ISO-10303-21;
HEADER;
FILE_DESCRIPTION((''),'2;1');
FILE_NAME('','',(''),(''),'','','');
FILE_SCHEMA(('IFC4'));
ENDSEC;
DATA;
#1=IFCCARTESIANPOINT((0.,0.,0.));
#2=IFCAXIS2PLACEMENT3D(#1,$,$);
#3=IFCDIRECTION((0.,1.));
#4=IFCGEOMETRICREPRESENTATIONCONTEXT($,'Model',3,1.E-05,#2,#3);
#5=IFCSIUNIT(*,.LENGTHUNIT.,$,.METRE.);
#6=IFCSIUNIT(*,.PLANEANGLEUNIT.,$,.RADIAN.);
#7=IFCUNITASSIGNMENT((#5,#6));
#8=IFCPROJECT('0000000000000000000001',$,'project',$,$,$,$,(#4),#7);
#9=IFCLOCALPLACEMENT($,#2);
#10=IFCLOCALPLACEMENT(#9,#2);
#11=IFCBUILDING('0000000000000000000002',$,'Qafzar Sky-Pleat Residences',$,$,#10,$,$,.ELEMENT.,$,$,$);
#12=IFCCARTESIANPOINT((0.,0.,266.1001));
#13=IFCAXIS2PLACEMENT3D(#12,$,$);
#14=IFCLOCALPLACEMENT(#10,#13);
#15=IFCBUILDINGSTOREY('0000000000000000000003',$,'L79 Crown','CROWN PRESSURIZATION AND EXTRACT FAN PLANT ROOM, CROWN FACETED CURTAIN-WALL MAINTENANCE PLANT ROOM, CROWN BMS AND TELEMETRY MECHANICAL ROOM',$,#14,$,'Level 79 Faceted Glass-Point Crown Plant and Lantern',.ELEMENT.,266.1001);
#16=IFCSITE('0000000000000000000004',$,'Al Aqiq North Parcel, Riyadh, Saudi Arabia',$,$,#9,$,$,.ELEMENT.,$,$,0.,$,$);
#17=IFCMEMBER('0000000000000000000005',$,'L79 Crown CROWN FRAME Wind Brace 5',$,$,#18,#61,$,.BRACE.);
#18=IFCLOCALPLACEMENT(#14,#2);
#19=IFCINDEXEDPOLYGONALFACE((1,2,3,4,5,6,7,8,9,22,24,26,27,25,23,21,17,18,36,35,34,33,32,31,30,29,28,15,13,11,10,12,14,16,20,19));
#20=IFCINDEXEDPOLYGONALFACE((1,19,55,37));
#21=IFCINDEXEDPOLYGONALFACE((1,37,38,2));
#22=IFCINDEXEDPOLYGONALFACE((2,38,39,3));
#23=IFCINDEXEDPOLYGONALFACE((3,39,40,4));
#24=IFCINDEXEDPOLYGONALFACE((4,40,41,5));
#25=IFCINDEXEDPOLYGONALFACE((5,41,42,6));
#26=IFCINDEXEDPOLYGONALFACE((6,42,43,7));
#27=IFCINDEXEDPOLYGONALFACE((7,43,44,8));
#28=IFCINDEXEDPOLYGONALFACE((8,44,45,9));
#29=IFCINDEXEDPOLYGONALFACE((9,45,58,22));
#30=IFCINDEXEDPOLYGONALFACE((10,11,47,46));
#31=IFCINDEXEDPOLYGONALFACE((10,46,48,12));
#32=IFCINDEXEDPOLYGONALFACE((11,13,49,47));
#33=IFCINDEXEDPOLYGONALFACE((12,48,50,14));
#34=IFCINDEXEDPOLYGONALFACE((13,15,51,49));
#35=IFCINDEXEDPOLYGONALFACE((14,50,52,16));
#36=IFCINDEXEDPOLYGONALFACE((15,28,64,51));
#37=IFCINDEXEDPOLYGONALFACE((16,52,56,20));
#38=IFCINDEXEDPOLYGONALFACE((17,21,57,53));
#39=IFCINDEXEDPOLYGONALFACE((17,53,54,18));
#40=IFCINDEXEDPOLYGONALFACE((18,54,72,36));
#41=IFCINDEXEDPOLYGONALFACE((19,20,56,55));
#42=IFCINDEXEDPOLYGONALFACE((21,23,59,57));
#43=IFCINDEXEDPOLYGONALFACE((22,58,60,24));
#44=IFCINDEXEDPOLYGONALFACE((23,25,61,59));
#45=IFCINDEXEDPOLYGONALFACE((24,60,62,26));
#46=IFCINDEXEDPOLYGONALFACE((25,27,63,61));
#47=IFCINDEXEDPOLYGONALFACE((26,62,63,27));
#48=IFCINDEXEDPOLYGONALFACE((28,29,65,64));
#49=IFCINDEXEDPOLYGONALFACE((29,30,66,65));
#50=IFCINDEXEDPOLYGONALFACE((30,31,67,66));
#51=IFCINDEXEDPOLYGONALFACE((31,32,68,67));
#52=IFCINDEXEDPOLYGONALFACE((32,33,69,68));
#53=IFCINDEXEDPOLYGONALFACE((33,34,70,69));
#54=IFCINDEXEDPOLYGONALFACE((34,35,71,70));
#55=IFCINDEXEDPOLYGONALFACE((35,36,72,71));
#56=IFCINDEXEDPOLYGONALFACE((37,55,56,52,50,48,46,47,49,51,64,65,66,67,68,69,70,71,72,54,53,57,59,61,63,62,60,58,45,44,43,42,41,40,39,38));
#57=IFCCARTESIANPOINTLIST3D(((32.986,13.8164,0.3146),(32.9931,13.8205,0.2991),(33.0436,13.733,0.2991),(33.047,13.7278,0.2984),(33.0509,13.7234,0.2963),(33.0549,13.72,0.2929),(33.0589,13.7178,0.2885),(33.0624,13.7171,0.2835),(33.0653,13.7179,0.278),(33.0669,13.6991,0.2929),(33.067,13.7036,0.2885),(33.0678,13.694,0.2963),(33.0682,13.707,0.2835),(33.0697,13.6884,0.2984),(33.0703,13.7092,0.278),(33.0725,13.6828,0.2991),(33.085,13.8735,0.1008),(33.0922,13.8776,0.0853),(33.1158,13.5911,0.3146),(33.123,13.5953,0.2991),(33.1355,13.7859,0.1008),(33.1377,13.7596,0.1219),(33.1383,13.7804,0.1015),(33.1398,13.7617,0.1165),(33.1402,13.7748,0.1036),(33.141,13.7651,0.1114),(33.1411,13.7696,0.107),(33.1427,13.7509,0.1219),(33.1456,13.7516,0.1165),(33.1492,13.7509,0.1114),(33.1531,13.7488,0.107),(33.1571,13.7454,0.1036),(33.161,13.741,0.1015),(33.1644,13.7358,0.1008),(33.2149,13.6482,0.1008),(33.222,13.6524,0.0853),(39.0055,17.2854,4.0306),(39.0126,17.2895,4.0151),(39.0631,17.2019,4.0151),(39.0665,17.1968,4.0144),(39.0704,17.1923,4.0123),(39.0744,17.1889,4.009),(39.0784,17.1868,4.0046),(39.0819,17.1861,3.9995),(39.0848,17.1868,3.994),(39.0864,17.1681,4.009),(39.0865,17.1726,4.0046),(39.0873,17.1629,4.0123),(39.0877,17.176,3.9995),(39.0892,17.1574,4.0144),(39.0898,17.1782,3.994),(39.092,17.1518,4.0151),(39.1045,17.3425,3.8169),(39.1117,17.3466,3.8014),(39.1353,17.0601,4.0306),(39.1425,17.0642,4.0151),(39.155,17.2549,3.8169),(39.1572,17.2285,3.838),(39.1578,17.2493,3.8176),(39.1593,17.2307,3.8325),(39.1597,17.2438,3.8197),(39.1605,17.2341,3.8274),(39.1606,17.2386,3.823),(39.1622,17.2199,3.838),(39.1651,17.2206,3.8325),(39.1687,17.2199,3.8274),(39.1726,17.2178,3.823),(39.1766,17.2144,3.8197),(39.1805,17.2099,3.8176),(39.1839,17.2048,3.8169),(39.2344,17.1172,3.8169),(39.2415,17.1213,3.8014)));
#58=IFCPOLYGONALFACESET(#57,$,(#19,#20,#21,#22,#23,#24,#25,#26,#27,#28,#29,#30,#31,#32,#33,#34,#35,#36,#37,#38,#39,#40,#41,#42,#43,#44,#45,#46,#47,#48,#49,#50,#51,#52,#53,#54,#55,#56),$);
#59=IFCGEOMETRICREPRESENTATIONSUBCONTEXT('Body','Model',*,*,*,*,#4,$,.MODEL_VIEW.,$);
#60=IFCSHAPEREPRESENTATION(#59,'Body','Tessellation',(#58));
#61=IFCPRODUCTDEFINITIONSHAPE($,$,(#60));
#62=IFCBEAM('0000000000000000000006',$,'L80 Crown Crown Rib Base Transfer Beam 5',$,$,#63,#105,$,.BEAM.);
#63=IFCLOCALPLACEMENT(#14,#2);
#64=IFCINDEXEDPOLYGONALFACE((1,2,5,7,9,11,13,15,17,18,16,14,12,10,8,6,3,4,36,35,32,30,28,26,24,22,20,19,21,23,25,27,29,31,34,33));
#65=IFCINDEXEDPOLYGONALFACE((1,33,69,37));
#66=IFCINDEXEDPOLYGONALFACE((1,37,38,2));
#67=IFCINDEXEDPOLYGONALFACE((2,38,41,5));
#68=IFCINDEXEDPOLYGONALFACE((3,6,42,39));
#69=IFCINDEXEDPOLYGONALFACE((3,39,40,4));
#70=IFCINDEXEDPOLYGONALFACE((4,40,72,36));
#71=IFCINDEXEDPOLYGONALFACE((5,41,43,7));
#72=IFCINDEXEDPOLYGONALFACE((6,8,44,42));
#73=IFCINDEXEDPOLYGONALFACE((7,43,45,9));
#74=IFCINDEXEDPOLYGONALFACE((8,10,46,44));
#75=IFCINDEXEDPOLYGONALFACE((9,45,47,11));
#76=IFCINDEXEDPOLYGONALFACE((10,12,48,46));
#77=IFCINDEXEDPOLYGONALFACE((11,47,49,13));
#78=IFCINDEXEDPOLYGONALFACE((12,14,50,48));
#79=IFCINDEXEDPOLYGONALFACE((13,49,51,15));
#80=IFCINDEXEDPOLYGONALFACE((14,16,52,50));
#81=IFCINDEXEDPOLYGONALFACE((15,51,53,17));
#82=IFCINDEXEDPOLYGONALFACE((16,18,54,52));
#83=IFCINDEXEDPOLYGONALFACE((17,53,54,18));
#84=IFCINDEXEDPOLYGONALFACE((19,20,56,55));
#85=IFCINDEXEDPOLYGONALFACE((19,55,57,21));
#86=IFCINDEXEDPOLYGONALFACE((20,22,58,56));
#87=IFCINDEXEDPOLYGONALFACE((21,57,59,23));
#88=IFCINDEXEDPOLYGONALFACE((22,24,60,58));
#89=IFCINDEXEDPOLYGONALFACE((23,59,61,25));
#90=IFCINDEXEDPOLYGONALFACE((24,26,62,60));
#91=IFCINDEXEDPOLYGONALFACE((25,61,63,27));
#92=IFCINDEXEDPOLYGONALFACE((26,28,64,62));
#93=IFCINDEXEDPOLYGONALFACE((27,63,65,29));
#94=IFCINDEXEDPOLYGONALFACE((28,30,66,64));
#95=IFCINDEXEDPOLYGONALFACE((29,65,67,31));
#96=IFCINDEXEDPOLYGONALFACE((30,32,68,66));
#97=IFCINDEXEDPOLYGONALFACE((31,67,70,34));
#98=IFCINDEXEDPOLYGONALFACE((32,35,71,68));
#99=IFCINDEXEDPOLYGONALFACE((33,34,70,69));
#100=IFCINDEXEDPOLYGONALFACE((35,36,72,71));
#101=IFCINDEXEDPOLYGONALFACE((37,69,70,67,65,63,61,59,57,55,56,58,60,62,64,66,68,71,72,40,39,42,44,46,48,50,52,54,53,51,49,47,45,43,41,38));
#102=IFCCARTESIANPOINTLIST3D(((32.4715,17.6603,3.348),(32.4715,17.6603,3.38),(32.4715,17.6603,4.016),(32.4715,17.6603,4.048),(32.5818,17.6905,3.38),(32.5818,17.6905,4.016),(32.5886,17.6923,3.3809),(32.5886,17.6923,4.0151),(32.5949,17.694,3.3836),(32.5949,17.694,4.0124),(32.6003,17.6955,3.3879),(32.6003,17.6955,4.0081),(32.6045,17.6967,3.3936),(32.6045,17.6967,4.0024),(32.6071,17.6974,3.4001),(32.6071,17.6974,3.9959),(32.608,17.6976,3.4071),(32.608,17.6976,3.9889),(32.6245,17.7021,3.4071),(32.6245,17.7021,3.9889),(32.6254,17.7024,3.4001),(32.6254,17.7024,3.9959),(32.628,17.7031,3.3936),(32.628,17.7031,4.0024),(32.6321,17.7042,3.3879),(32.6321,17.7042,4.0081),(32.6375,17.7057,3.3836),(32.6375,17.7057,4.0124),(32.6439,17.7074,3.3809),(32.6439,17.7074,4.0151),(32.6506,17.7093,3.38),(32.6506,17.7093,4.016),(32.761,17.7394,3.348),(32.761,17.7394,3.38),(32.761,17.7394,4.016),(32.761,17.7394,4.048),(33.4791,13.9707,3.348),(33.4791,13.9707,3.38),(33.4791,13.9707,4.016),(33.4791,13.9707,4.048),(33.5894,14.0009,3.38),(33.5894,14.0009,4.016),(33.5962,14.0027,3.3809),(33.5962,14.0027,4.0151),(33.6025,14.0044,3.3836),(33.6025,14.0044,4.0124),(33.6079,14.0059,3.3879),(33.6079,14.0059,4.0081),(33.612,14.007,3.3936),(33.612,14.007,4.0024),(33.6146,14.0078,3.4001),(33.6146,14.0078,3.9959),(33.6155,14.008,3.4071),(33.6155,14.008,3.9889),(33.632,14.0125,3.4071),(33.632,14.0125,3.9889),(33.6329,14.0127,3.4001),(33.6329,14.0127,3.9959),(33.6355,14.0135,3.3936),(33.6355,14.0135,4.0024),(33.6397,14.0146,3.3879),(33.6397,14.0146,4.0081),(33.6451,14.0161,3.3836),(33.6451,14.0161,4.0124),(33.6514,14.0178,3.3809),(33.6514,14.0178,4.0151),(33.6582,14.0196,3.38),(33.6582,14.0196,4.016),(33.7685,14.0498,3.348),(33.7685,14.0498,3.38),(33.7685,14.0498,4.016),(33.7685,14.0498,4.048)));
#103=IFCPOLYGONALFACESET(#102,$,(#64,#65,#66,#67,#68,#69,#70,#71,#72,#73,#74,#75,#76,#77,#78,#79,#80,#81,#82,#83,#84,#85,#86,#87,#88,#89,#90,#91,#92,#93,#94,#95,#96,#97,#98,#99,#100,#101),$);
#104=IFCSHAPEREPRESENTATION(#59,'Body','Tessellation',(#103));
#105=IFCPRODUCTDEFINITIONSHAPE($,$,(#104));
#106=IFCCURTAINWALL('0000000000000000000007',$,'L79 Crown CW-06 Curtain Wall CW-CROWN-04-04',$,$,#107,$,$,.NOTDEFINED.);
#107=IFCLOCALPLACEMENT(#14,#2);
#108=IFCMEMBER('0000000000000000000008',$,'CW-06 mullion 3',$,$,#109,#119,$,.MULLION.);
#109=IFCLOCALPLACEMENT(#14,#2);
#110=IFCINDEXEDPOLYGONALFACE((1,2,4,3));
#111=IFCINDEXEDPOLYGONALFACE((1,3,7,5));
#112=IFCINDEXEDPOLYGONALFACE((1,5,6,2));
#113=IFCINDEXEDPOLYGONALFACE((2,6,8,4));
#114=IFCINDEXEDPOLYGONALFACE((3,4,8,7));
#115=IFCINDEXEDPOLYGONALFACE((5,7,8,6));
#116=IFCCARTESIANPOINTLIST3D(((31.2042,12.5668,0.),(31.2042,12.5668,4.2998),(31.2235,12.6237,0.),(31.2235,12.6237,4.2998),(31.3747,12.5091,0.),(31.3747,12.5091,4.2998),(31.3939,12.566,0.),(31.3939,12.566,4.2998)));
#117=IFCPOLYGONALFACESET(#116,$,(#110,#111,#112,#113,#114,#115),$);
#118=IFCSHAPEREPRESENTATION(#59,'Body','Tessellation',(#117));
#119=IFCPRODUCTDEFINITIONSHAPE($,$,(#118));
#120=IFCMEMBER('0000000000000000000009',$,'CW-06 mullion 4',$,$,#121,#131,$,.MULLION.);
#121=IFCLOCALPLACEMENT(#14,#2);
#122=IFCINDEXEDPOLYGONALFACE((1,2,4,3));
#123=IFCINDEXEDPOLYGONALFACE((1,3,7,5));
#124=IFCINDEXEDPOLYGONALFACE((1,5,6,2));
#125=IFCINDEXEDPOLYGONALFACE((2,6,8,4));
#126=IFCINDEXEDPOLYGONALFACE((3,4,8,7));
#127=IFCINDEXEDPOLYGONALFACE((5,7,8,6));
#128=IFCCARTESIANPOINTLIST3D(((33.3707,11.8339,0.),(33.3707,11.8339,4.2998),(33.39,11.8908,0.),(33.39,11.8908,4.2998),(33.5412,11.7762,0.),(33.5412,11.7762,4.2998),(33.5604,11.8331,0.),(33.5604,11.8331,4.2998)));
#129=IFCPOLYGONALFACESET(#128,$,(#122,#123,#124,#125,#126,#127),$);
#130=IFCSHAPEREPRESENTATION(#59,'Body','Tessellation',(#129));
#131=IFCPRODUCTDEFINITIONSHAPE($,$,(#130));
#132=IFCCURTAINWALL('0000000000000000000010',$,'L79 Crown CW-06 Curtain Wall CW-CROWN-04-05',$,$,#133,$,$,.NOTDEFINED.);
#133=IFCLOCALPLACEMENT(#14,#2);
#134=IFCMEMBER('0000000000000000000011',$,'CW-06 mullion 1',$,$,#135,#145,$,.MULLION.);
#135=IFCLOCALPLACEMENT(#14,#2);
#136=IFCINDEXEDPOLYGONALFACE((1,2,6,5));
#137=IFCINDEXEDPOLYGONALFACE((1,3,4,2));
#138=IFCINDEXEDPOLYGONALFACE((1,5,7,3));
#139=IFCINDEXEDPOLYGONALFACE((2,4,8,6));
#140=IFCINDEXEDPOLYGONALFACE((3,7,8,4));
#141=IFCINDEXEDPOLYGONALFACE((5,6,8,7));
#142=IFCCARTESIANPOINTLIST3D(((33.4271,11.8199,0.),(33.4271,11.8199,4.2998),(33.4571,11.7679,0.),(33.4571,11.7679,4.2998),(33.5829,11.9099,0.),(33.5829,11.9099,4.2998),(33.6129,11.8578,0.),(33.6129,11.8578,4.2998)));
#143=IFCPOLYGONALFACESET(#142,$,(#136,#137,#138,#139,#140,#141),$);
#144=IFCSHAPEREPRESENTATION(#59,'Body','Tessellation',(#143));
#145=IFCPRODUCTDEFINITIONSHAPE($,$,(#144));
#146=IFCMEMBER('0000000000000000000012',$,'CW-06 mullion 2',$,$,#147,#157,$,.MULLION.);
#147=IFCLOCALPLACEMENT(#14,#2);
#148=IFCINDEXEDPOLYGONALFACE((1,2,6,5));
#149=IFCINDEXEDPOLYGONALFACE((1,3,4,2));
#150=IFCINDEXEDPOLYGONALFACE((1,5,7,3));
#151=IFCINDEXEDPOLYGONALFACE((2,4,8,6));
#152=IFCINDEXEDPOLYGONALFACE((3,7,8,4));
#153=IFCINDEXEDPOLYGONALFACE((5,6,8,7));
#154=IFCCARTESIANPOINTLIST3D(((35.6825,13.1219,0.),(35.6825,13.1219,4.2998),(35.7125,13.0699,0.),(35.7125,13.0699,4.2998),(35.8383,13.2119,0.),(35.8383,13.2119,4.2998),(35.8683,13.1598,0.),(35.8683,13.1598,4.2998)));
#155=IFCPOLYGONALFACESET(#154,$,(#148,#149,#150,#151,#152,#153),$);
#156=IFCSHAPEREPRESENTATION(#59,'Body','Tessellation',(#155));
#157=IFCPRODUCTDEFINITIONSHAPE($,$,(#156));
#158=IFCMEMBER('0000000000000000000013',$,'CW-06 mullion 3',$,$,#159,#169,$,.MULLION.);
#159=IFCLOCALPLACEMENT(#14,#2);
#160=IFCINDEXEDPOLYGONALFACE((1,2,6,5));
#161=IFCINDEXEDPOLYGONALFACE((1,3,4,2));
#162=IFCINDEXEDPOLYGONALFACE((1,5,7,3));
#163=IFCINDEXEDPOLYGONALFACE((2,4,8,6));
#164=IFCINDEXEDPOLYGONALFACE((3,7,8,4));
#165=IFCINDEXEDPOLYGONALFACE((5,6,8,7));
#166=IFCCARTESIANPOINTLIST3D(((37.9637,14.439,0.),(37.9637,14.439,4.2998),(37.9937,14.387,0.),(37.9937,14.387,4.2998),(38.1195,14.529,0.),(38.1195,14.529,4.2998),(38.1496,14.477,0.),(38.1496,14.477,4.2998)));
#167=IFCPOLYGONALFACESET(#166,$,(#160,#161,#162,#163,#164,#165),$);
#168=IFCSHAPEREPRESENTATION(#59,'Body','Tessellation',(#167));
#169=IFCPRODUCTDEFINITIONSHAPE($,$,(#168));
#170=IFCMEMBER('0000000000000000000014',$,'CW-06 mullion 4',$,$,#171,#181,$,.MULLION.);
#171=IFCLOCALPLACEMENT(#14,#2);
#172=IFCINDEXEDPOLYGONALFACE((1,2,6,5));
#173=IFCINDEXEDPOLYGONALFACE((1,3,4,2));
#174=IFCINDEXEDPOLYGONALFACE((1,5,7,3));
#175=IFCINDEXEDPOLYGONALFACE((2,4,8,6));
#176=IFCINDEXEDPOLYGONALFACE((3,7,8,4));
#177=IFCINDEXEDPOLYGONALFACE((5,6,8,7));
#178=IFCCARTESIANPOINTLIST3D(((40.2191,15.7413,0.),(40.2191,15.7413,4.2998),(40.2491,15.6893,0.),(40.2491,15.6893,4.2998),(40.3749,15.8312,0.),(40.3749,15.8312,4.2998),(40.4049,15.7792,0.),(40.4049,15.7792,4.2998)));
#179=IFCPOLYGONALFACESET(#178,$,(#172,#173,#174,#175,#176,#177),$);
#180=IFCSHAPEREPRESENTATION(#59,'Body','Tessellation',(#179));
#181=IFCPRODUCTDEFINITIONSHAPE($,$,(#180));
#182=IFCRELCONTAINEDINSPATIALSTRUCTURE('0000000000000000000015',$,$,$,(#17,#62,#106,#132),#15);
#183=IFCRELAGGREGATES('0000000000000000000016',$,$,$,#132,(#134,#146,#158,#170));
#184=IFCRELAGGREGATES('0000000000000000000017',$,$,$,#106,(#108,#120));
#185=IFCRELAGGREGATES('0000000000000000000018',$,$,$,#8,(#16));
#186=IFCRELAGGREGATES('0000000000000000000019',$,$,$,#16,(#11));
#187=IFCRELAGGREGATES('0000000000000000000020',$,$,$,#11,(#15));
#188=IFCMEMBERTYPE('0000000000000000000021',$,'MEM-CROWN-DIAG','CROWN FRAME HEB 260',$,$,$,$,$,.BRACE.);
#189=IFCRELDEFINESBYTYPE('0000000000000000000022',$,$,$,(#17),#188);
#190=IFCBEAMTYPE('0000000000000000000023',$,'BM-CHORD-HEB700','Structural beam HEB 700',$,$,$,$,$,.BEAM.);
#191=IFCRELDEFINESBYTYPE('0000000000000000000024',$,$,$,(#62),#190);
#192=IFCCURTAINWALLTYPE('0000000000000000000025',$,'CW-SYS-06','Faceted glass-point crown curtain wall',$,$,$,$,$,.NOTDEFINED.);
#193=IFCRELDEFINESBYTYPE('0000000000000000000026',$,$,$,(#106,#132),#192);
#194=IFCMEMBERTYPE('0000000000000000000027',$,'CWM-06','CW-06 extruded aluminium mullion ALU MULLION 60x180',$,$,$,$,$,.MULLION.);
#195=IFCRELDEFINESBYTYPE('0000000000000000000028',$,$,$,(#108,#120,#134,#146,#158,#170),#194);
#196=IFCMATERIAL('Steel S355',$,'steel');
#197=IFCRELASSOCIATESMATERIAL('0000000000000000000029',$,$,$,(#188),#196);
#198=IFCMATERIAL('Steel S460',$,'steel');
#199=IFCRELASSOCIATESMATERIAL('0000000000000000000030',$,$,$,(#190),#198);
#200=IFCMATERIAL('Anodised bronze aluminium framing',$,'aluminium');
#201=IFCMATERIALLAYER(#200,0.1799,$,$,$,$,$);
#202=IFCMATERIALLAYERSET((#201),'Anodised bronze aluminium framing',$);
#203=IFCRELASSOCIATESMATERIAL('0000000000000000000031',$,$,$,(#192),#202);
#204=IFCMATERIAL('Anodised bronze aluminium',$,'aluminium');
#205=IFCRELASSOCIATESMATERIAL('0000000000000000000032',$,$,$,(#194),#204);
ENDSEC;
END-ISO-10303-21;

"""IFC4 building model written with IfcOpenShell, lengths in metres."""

from ifc_helpers import new_model, si_unit, direction, frame, origin, origin_2d, place, context, subcontext, project, spatial, rectangle, i_section, extrude, source, transform, mapped, material, layer, layer_set, material_profile, profile_set, type_object, element, aggregate, save


model = new_model("IFC4")

# Units and contexts
model_context = context("Model", 3, precision=1e-05, world=origin(), true_north=direction((0.0, 1.0)))
body_context = subcontext(model_context, "Body", "Model", "MODEL_VIEW")
ifc_project = project(units=[si_unit("LENGTHUNIT", "METRE"), si_unit("PLANEANGLEUNIT", "RADIAN")], contexts=[model_context])

# Site, building, storey
site_placement = place(None, origin())
site = spatial("IfcSite", under=ifc_project, at=site_placement, Name="Al Aqiq North Parcel, Riyadh, Saudi Arabia", CompositionType="ELEMENT", RefElevation=0.0)
building_placement = place(site_placement, origin())
building = spatial("IfcBuilding", under=site, at=building_placement, Name="Qafzar Sky-Pleat Residences", CompositionType="ELEMENT")
storey_placement = place(building_placement, frame((0.0, 0.0, 266.1001)))
storey = spatial("IfcBuildingStorey", under=building, at=storey_placement, Name="L79 Crown", Description="CROWN PRESSURIZATION AND EXTRACT FAN PLANT ROOM, CROWN FACETED CURTAIN-WALL MAINTENANCE PLANT ROOM, CROWN BMS AND TELEMETRY MECHANICAL ROOM", LongName="Level 79 Faceted Glass-Point Crown Plant and Lantern", CompositionType="ELEMENT", Elevation=266.1001)

# Member
ifc_material_1 = material(Name="Steel S460", Category="steel")
ifc_material_2 = material(Name="Steel S355", Category="steel")
ifc_material_profile_1 = material_profile(ifc_material_2, i_section(OverallWidth=0.26, OverallDepth=0.26, WebThickness=0.01, FlangeThickness=0.0176, FilletRadius=0.0239, at=origin_2d()), Name="HEB 260")
ifc_profile_set_1 = profile_set([ifc_material_profile_1], Name="Steel S355")
member_type_1 = type_object("IfcMemberType", Name="MEM-CROWN-DIAG", Description="CROWN FRAME HEB 260", PredefinedType="BRACE", material=ifc_profile_set_1)
shared_shape_1 = source(origin(), body_context, "Body", "SweptSolid", [
    extrude(i_section(OverallWidth=0.26, OverallDepth=0.26, WebThickness=0.01, FlangeThickness=0.0176, FilletRadius=0.0239, at=origin_2d()), origin(), (0.0, 0.0, 1.0), 7.8789),
])
member_1_placement = place(storey_placement, frame((33.104, 13.7344, 0.2), z_axis=(0.764002, 0.440286, 0.471645), x_axis=(-0.499311, 0.866423, 0.0)))
element("IfcMember", 1, at=member_1_placement, inside=storey, type_object=member_type_1, Name="L79 Crown CROWN FRAME Wind Brace 5", PredefinedType="BRACE", context=body_context, shape_type="MappedRepresentation", body=[
    mapped(shared_shape_1, transform((0.0, 0.0, 0.0), x_axis=(1.0, 0.0, 0.0), y_axis=(0.0, 1.0, 0.0), z_axis=(0.0, 0.0, 1.0), scale=1.0)),
])

# Beam
ifc_material_profile_2 = material_profile(ifc_material_1, i_section(OverallWidth=0.3, OverallDepth=0.7, WebThickness=0.0171, FlangeThickness=0.032, FilletRadius=0.0271, at=origin_2d()), Name="HEB 700")
ifc_profile_set_2 = profile_set([ifc_material_profile_2], Name="Steel S460")
beam_type = type_object("IfcBeamType", Name="BM-CHORD-HEB700", Description="Structural beam HEB 700", PredefinedType="BEAM", material=ifc_profile_set_2)
shared_shape_2 = source(origin(), body_context, "Body", "SweptSolid", [
    extrude(i_section(OverallWidth=0.3, OverallDepth=0.7, WebThickness=0.0171, FlangeThickness=0.032, FilletRadius=0.0271, at=origin_2d()), origin(), (0.0, 0.0, 1.0), 3.8247),
])
beam_placement = place(storey_placement, frame((33.6238, 14.0103, 3.698), z_axis=(-0.263431, 0.964678, 0.0), x_axis=(-0.964678, -0.263431, 0.0)))
element("IfcBeam", 2, at=beam_placement, inside=storey, type_object=beam_type, Name="L80 Crown Crown Rib Base Transfer Beam 5", PredefinedType="BEAM", context=body_context, shape_type="MappedRepresentation", body=[
    mapped(shared_shape_2, transform((0.0, 0.0, 0.0), x_axis=(1.0, 0.0, 0.0), y_axis=(0.0, 1.0, 0.0), z_axis=(0.0, 0.0, 1.0), scale=1.0)),
])

# Curtain walls, members
ifc_material_3 = material(Name="Anodised bronze aluminium framing", Category="aluminium")
ifc_layer_1 = layer(ifc_material_3, 0.1799)
ifc_layer_set_1 = layer_set([ifc_layer_1], Name="Anodised bronze aluminium framing")
curtain_wall_type = type_object("IfcCurtainWallType", Name="CW-SYS-06", Description="Faceted glass-point crown curtain wall", PredefinedType="NOTDEFINED", material=ifc_layer_set_1)
curtain_wall_1_placement = place(storey_placement, origin())
curtain_wall_1 = element("IfcCurtainWall", 3, at=curtain_wall_1_placement, inside=storey, type_object=curtain_wall_type, Name="L79 Crown CW-06 Curtain Wall CW-CROWN-04-04", PredefinedType="NOTDEFINED")
ifc_material_4 = material(Name="Anodised bronze aluminium", Category="aluminium")
ifc_material_profile_3 = material_profile(ifc_material_4, rectangle(XDim=0.0601, YDim=0.1799, at=origin_2d()), Name="ALU MULLION 60x180")
ifc_profile_set_3 = profile_set([ifc_material_profile_3], Name="Anodised bronze aluminium")
member_type_2 = type_object("IfcMemberType", Name="CWM-06", Description="CW-06 extruded aluminium mullion ALU MULLION 60x180", PredefinedType="MULLION", material=ifc_profile_set_3)
shared_shape_3 = source(origin(), body_context, "Body", "SweptSolid", [
    extrude(rectangle(XDim=0.0601, YDim=0.1799, at=origin_2d()), origin(), (0.0, 0.0, 1.0), 4.2998),
])
member_2_placement = place(storey_placement, frame((31.2991, 12.5664, 0.0), z_axis=(0.0, 0.0, 1.0), x_axis=(0.320445, 0.947267, 0.0)))
member_2 = element("IfcMember", 4, at=member_2_placement, type_object=member_type_2, Name="CW-06 mullion 3", PredefinedType="MULLION", context=body_context, shape_type="MappedRepresentation", body=[
    mapped(shared_shape_3, transform((0.0, 0.0, 0.0), x_axis=(1.0, 0.0, 0.0), y_axis=(0.0, 1.0, 0.0), z_axis=(0.0, 0.0, 1.0), scale=1.0)),
])
member_3_placement = place(storey_placement, frame((33.4656, 11.8335, 0.0), z_axis=(0.0, 0.0, 1.0), x_axis=(0.320445, 0.947267, 0.0)))
member_3 = element("IfcMember", 5, at=member_3_placement, type_object=member_type_2, Name="CW-06 mullion 4", PredefinedType="MULLION", context=body_context, shape_type="MappedRepresentation", body=[
    mapped(shared_shape_3, transform((0.0, 0.0, 0.0), x_axis=(1.0, 0.0, 0.0), y_axis=(0.0, 1.0, 0.0), z_axis=(0.0, 0.0, 1.0), scale=1.0)),
])
curtain_wall_2_placement = place(storey_placement, origin())
curtain_wall_2 = element("IfcCurtainWall", 6, at=curtain_wall_2_placement, inside=storey, type_object=curtain_wall_type, Name="L79 Crown CW-06 Curtain Wall CW-CROWN-04-05", PredefinedType="NOTDEFINED")
member_4_placement = place(storey_placement, frame((33.52, 11.8389, 0.0), z_axis=(0.0, 0.0, 1.0), x_axis=(-0.500001, 0.866025, 0.0)))
member_4 = element("IfcMember", 7, at=member_4_placement, type_object=member_type_2, Name="CW-06 mullion 1", PredefinedType="MULLION", context=body_context, shape_type="MappedRepresentation", body=[
    mapped(shared_shape_3, transform((0.0, 0.0, 0.0), x_axis=(1.0, 0.0, 0.0), y_axis=(0.0, 1.0, 0.0), z_axis=(0.0, 0.0, 1.0), scale=1.0)),
])
member_5_placement = place(storey_placement, frame((35.7754, 13.1409, 0.0), z_axis=(0.0, 0.0, 1.0), x_axis=(-0.500001, 0.866025, 0.0)))
member_5 = element("IfcMember", 8, at=member_5_placement, type_object=member_type_2, Name="CW-06 mullion 2", PredefinedType="MULLION", context=body_context, shape_type="MappedRepresentation", body=[
    mapped(shared_shape_3, transform((0.0, 0.0, 0.0), x_axis=(1.0, 0.0, 0.0), y_axis=(0.0, 1.0, 0.0), z_axis=(0.0, 0.0, 1.0), scale=1.0)),
])
member_6_placement = place(storey_placement, frame((38.0566, 14.458, 0.0), z_axis=(0.0, 0.0, 1.0), x_axis=(-0.500001, 0.866025, 0.0)))
member_6 = element("IfcMember", 9, at=member_6_placement, type_object=member_type_2, Name="CW-06 mullion 3", PredefinedType="MULLION", context=body_context, shape_type="MappedRepresentation", body=[
    mapped(shared_shape_3, transform((0.0, 0.0, 0.0), x_axis=(1.0, 0.0, 0.0), y_axis=(0.0, 1.0, 0.0), z_axis=(0.0, 0.0, 1.0), scale=1.0)),
])
member_7_placement = place(storey_placement, frame((40.312, 15.7603, 0.0), z_axis=(0.0, 0.0, 1.0), x_axis=(-0.500001, 0.866025, 0.0)))
member_7 = element("IfcMember", 10, at=member_7_placement, type_object=member_type_2, Name="CW-06 mullion 4", PredefinedType="MULLION", context=body_context, shape_type="MappedRepresentation", body=[
    mapped(shared_shape_3, transform((0.0, 0.0, 0.0), x_axis=(1.0, 0.0, 0.0), y_axis=(0.0, 1.0, 0.0), z_axis=(0.0, 0.0, 1.0), scale=1.0)),
])

aggregate(curtain_wall_2, [member_4, member_5, member_6, member_7])
aggregate(curtain_wall_1, [member_2, member_3])

save(model, "model.ifc")
